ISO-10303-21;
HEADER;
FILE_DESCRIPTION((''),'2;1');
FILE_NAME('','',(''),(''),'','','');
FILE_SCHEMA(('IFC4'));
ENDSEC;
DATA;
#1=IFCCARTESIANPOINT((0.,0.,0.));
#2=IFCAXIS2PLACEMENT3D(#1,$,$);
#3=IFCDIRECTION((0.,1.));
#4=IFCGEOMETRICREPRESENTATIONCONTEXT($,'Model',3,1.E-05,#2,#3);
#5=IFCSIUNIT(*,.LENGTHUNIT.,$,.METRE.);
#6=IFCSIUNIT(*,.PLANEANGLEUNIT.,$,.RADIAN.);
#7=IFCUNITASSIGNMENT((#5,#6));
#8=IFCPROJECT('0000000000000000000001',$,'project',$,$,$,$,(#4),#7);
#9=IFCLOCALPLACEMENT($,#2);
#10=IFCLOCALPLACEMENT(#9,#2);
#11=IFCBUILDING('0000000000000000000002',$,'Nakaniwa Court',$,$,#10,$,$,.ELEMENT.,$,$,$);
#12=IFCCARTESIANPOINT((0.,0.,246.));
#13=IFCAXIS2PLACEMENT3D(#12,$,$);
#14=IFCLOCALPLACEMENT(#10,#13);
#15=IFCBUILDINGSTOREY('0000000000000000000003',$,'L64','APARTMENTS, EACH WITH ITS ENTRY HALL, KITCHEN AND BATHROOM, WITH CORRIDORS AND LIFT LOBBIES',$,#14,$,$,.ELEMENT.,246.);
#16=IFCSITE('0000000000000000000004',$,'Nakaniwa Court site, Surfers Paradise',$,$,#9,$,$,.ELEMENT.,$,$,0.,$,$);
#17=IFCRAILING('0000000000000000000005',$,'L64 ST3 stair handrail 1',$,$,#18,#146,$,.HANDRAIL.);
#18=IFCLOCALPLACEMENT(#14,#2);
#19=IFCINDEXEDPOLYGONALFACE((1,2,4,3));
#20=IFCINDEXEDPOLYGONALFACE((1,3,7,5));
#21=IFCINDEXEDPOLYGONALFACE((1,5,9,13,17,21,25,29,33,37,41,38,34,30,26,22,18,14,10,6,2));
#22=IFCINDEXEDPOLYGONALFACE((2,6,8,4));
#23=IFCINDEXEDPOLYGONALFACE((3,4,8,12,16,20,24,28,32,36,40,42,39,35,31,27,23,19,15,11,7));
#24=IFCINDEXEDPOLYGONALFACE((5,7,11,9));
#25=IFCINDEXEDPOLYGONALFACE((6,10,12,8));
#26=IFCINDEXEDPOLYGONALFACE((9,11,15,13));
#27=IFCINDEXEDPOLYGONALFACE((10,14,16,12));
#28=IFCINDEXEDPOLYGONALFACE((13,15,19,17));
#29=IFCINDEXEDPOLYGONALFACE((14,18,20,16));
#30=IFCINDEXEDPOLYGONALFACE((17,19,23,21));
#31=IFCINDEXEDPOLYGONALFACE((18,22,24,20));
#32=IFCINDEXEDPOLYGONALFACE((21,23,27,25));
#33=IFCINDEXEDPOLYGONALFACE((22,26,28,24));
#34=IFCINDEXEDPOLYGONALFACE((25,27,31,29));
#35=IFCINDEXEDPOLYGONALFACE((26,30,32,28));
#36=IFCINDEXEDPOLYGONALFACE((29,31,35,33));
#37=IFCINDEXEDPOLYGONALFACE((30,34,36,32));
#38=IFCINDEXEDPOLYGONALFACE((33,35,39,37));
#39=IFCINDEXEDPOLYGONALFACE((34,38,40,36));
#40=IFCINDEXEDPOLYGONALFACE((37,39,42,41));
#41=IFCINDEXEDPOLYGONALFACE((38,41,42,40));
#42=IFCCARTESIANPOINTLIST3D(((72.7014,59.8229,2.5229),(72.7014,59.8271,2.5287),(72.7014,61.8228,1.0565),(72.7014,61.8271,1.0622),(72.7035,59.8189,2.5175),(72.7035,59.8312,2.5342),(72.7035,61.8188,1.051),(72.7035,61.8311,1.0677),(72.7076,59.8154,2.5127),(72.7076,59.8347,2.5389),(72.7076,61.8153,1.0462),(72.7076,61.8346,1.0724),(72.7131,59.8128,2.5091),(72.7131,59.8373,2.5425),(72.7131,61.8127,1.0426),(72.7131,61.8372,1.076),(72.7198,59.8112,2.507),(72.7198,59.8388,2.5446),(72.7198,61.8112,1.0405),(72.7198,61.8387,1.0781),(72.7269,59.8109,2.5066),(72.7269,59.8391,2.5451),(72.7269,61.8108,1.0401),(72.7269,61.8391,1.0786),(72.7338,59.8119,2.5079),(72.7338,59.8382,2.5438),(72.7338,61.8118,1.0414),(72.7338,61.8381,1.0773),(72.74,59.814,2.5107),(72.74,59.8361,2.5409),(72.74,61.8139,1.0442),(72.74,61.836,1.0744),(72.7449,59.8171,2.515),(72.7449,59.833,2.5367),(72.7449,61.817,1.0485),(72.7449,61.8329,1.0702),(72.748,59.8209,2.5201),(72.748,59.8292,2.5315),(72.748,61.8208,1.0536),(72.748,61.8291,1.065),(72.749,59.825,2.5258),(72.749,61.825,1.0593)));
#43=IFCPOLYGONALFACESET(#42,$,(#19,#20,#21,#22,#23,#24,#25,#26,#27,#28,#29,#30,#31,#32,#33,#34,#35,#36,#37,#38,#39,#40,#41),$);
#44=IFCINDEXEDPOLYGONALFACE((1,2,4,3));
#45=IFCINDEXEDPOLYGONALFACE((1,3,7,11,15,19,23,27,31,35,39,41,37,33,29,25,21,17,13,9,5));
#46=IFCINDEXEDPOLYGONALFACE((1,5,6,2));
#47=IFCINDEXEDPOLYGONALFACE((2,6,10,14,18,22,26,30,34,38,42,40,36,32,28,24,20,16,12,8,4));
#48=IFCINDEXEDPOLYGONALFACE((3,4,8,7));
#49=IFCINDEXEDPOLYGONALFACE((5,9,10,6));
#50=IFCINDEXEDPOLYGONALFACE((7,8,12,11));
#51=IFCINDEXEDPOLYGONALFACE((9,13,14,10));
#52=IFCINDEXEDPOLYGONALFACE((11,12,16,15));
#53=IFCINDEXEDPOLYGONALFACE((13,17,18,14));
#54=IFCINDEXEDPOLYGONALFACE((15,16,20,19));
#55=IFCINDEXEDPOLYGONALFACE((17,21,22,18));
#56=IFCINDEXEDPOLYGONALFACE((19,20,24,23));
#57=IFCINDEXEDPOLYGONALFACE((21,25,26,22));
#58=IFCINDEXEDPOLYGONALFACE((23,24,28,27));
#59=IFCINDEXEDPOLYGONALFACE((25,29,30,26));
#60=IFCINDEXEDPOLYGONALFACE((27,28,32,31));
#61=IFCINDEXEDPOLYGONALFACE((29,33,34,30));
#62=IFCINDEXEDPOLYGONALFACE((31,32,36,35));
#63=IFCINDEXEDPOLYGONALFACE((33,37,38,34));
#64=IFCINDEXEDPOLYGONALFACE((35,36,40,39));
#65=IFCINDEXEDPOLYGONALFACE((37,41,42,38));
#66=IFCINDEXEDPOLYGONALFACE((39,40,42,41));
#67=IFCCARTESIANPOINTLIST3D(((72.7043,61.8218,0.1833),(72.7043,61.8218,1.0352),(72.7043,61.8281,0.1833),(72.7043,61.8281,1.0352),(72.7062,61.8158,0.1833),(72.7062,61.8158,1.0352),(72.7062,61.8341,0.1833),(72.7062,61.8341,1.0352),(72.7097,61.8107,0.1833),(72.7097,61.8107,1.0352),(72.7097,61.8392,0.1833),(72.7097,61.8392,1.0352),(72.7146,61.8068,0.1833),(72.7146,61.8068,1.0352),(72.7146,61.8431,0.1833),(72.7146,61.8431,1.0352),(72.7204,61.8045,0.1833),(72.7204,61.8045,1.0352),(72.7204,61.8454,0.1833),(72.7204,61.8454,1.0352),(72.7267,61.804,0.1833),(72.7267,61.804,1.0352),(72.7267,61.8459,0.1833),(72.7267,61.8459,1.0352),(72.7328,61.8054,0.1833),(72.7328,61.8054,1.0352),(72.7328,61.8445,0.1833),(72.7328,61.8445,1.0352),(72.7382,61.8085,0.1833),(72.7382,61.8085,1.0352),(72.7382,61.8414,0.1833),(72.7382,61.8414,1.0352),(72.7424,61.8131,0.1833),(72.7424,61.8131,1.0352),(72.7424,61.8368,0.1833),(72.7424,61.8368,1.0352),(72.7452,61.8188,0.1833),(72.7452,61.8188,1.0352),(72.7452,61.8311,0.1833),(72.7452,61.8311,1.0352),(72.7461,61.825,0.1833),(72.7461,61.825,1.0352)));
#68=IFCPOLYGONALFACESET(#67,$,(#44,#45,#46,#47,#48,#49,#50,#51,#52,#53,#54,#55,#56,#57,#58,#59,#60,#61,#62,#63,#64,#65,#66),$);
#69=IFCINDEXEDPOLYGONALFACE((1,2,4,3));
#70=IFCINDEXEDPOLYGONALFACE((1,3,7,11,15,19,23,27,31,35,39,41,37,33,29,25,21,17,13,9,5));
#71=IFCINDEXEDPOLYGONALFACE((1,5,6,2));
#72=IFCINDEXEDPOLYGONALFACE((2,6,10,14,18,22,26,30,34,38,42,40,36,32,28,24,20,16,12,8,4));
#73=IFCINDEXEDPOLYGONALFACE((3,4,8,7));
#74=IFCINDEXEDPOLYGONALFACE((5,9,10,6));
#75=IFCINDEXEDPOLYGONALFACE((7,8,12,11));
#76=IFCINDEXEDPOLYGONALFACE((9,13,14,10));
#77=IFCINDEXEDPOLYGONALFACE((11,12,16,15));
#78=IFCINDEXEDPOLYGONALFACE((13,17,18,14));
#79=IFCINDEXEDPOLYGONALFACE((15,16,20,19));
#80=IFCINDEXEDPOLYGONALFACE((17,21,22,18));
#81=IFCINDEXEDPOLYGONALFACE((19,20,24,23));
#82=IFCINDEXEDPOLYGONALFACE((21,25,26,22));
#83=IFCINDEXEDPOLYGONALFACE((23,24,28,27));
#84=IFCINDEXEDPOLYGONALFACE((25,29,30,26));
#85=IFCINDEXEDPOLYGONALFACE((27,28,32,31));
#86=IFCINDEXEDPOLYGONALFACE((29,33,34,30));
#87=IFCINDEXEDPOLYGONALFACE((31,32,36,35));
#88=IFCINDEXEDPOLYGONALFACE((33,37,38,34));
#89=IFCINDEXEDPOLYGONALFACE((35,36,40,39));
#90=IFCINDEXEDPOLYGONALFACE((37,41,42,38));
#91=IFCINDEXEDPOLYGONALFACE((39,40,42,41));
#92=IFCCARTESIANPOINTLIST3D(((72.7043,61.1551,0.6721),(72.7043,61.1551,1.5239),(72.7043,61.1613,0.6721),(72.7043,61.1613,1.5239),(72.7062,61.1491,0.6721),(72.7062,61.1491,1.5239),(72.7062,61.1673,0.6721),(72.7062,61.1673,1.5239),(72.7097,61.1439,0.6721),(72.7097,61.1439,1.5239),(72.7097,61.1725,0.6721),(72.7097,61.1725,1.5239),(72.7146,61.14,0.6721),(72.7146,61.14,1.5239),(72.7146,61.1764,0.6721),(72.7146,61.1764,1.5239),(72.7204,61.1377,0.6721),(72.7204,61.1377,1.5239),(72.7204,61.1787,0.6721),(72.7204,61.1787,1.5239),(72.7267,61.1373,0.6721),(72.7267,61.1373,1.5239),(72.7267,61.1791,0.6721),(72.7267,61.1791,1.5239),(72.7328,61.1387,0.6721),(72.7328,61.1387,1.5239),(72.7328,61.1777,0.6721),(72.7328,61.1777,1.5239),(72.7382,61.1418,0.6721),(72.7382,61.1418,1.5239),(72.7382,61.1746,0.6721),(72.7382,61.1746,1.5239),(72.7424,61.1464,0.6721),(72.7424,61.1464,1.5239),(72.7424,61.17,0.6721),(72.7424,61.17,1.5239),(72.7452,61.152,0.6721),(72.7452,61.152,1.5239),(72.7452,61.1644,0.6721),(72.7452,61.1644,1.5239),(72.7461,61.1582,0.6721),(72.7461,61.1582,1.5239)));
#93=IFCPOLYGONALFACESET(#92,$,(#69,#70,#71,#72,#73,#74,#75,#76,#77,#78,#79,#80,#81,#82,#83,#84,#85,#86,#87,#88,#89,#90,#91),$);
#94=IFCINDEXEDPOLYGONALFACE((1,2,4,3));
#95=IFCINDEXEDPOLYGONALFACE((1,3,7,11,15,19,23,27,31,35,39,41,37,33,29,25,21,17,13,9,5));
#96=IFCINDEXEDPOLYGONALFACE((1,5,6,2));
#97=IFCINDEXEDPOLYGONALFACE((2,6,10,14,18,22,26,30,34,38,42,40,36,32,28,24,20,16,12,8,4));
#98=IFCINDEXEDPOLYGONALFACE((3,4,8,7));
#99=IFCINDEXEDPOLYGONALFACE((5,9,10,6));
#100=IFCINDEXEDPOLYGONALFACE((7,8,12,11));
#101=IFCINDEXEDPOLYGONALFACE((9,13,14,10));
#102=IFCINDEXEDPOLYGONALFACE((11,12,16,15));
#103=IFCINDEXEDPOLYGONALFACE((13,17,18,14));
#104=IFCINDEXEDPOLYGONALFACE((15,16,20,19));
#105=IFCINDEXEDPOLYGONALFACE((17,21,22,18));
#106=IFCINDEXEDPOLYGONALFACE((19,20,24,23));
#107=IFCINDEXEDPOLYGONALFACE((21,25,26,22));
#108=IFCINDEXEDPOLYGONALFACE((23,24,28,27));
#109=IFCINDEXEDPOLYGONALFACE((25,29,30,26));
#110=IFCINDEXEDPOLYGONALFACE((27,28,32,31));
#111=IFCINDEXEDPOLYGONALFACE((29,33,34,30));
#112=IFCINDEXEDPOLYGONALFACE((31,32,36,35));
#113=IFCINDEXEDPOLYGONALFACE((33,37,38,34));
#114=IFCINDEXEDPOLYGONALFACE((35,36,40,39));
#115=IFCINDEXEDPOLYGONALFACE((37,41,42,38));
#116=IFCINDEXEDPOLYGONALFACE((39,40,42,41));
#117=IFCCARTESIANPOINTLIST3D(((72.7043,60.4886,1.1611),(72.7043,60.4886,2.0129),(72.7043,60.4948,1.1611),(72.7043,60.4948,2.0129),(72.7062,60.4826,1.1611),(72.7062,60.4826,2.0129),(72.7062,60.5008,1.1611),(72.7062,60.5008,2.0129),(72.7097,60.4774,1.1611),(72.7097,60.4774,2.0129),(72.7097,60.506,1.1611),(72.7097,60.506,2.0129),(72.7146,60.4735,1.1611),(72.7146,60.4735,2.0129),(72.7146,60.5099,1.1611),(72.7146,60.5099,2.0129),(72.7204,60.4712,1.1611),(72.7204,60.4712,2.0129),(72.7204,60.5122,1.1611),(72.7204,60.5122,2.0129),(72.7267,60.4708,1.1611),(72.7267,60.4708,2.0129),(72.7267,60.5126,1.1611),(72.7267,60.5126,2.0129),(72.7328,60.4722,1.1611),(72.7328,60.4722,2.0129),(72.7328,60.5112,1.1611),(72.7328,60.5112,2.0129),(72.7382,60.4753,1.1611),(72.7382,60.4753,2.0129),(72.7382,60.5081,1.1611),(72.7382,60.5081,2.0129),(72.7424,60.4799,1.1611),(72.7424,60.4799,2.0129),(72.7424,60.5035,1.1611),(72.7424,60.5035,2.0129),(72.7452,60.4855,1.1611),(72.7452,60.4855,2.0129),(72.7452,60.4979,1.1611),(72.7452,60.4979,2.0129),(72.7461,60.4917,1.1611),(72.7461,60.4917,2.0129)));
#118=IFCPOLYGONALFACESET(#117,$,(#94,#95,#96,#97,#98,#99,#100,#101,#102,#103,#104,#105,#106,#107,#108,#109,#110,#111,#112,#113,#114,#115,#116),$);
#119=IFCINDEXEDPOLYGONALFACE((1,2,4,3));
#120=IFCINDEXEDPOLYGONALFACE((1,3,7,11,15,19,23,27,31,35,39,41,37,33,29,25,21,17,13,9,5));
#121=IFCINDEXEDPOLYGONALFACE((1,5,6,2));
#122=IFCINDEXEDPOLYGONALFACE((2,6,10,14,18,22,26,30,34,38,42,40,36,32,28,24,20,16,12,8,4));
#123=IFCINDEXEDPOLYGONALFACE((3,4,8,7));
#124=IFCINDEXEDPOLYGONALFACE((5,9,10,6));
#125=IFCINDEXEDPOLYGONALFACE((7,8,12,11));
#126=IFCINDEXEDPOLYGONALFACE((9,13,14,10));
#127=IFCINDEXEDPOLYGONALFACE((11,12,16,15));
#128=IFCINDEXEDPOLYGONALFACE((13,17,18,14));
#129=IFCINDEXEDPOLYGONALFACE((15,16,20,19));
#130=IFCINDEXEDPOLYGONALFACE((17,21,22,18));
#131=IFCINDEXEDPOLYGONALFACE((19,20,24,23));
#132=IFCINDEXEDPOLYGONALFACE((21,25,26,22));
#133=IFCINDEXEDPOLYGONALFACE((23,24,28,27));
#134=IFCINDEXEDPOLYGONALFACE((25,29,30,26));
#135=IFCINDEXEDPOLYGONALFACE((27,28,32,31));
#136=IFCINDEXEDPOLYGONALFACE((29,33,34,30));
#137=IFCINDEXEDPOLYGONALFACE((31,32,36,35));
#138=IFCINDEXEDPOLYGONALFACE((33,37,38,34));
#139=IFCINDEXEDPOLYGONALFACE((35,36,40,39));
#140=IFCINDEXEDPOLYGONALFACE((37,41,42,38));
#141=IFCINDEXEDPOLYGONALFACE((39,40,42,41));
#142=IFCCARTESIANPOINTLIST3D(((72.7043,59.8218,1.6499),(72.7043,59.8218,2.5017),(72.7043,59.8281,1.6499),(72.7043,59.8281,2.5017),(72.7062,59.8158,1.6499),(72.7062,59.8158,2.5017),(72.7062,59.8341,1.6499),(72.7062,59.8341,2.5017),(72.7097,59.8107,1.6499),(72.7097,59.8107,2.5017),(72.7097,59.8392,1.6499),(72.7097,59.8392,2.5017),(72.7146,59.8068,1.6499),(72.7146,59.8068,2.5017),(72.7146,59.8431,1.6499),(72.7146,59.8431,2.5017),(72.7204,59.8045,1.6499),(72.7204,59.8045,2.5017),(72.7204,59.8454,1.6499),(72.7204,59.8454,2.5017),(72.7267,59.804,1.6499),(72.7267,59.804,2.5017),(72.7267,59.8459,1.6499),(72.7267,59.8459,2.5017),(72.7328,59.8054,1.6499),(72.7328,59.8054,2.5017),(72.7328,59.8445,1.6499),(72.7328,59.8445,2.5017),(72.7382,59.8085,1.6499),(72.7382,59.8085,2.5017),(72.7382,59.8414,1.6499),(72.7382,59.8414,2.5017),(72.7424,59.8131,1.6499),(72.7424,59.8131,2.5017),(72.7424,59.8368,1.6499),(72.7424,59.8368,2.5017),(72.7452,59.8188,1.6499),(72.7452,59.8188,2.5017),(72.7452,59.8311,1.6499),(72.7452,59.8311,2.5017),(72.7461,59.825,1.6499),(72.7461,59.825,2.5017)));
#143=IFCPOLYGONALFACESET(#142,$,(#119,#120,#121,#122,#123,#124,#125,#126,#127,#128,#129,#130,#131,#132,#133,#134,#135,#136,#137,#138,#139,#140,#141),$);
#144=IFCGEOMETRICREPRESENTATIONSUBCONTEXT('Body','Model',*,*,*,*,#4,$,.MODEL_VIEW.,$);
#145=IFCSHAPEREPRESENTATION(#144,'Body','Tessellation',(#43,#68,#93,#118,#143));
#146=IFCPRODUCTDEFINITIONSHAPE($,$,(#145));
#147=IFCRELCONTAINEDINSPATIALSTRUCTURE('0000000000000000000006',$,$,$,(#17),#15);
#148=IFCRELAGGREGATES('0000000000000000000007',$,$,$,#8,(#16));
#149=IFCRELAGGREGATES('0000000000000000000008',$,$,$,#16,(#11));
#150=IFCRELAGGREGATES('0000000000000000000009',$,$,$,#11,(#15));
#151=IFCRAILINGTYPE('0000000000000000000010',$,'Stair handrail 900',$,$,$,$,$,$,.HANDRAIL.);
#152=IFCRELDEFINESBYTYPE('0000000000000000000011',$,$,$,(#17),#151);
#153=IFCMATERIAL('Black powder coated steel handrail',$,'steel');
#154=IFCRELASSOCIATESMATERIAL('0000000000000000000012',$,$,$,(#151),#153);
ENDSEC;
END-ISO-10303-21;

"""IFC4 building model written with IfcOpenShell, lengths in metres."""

from ifc_helpers import new_model, si_unit, direction, frame, origin, origin_2d, place, context, subcontext, project, spatial, circle, extrude, material, type_object, element, save


model = new_model("IFC4")

# Units and contexts
model_context = context("Model", 3, precision=1e-05, world=origin(), true_north=direction((0.0, 1.0)))
body_context = subcontext(model_context, "Body", "Model", "MODEL_VIEW")
ifc_project = project(units=[si_unit("LENGTHUNIT", "METRE"), si_unit("PLANEANGLEUNIT", "RADIAN")], contexts=[model_context])

# Site, building, storey
site_placement = place(None, origin())
site = spatial("IfcSite", under=ifc_project, at=site_placement, Name="Nakaniwa Court site, Surfers Paradise", CompositionType="ELEMENT", RefElevation=0.0)
building_placement = place(site_placement, origin())
building = spatial("IfcBuilding", under=site, at=building_placement, Name="Nakaniwa Court", CompositionType="ELEMENT")
storey_placement = place(building_placement, frame((0.0, 0.0, 246.0)))
storey = spatial("IfcBuildingStorey", under=building, at=storey_placement, Name="L64", Description="APARTMENTS, EACH WITH ITS ENTRY HALL, KITCHEN AND BATHROOM, WITH CORRIDORS AND LIFT LOBBIES", CompositionType="ELEMENT", Elevation=246.0)

# Railing
ifc_material_1 = material(Name="Black powder coated steel handrail", Category="steel")
railing_type_1 = type_object("IfcRailingType", Name="Stair handrail 900", PredefinedType="HANDRAIL", material=ifc_material_1)
railing_1_placement = place(storey_placement, frame((72.7251, 61.825, 0.1833)))
element("IfcRailing", 1, at=railing_1_placement, inside=storey, type_object=railing_type_1, Name="L64 ST3 stair handrail 1", PredefinedType="HANDRAIL", context=body_context, shape_type="SweptSolid", body=[
    extrude(circle(Radius=0.0239, at=origin_2d()), frame((0.0, 0.0, 0.876), z_axis=(0.0, -0.806427, 0.591334), x_axis=(1.0, 0.0, 0.0)), (0.0, 0.0, 1.0), 2.48),
    extrude(circle(Radius=0.021, at=origin_2d()), origin(), (0.0, 0.0, 1.0), 0.8518),
    extrude(circle(Radius=0.021, at=origin_2d()), frame((0.0, -0.6667, 0.4888)), (0.0, 0.0, 1.0), 0.8518),
    extrude(circle(Radius=0.021, at=origin_2d()), frame((0.0, -1.3333, 0.9778)), (0.0, 0.0, 1.0), 0.8518),
    extrude(circle(Radius=0.021, at=origin_2d()), frame((0.0, -2.0, 1.4666)), (0.0, 0.0, 1.0), 0.8518),
])

save(model, "model.ifc")
